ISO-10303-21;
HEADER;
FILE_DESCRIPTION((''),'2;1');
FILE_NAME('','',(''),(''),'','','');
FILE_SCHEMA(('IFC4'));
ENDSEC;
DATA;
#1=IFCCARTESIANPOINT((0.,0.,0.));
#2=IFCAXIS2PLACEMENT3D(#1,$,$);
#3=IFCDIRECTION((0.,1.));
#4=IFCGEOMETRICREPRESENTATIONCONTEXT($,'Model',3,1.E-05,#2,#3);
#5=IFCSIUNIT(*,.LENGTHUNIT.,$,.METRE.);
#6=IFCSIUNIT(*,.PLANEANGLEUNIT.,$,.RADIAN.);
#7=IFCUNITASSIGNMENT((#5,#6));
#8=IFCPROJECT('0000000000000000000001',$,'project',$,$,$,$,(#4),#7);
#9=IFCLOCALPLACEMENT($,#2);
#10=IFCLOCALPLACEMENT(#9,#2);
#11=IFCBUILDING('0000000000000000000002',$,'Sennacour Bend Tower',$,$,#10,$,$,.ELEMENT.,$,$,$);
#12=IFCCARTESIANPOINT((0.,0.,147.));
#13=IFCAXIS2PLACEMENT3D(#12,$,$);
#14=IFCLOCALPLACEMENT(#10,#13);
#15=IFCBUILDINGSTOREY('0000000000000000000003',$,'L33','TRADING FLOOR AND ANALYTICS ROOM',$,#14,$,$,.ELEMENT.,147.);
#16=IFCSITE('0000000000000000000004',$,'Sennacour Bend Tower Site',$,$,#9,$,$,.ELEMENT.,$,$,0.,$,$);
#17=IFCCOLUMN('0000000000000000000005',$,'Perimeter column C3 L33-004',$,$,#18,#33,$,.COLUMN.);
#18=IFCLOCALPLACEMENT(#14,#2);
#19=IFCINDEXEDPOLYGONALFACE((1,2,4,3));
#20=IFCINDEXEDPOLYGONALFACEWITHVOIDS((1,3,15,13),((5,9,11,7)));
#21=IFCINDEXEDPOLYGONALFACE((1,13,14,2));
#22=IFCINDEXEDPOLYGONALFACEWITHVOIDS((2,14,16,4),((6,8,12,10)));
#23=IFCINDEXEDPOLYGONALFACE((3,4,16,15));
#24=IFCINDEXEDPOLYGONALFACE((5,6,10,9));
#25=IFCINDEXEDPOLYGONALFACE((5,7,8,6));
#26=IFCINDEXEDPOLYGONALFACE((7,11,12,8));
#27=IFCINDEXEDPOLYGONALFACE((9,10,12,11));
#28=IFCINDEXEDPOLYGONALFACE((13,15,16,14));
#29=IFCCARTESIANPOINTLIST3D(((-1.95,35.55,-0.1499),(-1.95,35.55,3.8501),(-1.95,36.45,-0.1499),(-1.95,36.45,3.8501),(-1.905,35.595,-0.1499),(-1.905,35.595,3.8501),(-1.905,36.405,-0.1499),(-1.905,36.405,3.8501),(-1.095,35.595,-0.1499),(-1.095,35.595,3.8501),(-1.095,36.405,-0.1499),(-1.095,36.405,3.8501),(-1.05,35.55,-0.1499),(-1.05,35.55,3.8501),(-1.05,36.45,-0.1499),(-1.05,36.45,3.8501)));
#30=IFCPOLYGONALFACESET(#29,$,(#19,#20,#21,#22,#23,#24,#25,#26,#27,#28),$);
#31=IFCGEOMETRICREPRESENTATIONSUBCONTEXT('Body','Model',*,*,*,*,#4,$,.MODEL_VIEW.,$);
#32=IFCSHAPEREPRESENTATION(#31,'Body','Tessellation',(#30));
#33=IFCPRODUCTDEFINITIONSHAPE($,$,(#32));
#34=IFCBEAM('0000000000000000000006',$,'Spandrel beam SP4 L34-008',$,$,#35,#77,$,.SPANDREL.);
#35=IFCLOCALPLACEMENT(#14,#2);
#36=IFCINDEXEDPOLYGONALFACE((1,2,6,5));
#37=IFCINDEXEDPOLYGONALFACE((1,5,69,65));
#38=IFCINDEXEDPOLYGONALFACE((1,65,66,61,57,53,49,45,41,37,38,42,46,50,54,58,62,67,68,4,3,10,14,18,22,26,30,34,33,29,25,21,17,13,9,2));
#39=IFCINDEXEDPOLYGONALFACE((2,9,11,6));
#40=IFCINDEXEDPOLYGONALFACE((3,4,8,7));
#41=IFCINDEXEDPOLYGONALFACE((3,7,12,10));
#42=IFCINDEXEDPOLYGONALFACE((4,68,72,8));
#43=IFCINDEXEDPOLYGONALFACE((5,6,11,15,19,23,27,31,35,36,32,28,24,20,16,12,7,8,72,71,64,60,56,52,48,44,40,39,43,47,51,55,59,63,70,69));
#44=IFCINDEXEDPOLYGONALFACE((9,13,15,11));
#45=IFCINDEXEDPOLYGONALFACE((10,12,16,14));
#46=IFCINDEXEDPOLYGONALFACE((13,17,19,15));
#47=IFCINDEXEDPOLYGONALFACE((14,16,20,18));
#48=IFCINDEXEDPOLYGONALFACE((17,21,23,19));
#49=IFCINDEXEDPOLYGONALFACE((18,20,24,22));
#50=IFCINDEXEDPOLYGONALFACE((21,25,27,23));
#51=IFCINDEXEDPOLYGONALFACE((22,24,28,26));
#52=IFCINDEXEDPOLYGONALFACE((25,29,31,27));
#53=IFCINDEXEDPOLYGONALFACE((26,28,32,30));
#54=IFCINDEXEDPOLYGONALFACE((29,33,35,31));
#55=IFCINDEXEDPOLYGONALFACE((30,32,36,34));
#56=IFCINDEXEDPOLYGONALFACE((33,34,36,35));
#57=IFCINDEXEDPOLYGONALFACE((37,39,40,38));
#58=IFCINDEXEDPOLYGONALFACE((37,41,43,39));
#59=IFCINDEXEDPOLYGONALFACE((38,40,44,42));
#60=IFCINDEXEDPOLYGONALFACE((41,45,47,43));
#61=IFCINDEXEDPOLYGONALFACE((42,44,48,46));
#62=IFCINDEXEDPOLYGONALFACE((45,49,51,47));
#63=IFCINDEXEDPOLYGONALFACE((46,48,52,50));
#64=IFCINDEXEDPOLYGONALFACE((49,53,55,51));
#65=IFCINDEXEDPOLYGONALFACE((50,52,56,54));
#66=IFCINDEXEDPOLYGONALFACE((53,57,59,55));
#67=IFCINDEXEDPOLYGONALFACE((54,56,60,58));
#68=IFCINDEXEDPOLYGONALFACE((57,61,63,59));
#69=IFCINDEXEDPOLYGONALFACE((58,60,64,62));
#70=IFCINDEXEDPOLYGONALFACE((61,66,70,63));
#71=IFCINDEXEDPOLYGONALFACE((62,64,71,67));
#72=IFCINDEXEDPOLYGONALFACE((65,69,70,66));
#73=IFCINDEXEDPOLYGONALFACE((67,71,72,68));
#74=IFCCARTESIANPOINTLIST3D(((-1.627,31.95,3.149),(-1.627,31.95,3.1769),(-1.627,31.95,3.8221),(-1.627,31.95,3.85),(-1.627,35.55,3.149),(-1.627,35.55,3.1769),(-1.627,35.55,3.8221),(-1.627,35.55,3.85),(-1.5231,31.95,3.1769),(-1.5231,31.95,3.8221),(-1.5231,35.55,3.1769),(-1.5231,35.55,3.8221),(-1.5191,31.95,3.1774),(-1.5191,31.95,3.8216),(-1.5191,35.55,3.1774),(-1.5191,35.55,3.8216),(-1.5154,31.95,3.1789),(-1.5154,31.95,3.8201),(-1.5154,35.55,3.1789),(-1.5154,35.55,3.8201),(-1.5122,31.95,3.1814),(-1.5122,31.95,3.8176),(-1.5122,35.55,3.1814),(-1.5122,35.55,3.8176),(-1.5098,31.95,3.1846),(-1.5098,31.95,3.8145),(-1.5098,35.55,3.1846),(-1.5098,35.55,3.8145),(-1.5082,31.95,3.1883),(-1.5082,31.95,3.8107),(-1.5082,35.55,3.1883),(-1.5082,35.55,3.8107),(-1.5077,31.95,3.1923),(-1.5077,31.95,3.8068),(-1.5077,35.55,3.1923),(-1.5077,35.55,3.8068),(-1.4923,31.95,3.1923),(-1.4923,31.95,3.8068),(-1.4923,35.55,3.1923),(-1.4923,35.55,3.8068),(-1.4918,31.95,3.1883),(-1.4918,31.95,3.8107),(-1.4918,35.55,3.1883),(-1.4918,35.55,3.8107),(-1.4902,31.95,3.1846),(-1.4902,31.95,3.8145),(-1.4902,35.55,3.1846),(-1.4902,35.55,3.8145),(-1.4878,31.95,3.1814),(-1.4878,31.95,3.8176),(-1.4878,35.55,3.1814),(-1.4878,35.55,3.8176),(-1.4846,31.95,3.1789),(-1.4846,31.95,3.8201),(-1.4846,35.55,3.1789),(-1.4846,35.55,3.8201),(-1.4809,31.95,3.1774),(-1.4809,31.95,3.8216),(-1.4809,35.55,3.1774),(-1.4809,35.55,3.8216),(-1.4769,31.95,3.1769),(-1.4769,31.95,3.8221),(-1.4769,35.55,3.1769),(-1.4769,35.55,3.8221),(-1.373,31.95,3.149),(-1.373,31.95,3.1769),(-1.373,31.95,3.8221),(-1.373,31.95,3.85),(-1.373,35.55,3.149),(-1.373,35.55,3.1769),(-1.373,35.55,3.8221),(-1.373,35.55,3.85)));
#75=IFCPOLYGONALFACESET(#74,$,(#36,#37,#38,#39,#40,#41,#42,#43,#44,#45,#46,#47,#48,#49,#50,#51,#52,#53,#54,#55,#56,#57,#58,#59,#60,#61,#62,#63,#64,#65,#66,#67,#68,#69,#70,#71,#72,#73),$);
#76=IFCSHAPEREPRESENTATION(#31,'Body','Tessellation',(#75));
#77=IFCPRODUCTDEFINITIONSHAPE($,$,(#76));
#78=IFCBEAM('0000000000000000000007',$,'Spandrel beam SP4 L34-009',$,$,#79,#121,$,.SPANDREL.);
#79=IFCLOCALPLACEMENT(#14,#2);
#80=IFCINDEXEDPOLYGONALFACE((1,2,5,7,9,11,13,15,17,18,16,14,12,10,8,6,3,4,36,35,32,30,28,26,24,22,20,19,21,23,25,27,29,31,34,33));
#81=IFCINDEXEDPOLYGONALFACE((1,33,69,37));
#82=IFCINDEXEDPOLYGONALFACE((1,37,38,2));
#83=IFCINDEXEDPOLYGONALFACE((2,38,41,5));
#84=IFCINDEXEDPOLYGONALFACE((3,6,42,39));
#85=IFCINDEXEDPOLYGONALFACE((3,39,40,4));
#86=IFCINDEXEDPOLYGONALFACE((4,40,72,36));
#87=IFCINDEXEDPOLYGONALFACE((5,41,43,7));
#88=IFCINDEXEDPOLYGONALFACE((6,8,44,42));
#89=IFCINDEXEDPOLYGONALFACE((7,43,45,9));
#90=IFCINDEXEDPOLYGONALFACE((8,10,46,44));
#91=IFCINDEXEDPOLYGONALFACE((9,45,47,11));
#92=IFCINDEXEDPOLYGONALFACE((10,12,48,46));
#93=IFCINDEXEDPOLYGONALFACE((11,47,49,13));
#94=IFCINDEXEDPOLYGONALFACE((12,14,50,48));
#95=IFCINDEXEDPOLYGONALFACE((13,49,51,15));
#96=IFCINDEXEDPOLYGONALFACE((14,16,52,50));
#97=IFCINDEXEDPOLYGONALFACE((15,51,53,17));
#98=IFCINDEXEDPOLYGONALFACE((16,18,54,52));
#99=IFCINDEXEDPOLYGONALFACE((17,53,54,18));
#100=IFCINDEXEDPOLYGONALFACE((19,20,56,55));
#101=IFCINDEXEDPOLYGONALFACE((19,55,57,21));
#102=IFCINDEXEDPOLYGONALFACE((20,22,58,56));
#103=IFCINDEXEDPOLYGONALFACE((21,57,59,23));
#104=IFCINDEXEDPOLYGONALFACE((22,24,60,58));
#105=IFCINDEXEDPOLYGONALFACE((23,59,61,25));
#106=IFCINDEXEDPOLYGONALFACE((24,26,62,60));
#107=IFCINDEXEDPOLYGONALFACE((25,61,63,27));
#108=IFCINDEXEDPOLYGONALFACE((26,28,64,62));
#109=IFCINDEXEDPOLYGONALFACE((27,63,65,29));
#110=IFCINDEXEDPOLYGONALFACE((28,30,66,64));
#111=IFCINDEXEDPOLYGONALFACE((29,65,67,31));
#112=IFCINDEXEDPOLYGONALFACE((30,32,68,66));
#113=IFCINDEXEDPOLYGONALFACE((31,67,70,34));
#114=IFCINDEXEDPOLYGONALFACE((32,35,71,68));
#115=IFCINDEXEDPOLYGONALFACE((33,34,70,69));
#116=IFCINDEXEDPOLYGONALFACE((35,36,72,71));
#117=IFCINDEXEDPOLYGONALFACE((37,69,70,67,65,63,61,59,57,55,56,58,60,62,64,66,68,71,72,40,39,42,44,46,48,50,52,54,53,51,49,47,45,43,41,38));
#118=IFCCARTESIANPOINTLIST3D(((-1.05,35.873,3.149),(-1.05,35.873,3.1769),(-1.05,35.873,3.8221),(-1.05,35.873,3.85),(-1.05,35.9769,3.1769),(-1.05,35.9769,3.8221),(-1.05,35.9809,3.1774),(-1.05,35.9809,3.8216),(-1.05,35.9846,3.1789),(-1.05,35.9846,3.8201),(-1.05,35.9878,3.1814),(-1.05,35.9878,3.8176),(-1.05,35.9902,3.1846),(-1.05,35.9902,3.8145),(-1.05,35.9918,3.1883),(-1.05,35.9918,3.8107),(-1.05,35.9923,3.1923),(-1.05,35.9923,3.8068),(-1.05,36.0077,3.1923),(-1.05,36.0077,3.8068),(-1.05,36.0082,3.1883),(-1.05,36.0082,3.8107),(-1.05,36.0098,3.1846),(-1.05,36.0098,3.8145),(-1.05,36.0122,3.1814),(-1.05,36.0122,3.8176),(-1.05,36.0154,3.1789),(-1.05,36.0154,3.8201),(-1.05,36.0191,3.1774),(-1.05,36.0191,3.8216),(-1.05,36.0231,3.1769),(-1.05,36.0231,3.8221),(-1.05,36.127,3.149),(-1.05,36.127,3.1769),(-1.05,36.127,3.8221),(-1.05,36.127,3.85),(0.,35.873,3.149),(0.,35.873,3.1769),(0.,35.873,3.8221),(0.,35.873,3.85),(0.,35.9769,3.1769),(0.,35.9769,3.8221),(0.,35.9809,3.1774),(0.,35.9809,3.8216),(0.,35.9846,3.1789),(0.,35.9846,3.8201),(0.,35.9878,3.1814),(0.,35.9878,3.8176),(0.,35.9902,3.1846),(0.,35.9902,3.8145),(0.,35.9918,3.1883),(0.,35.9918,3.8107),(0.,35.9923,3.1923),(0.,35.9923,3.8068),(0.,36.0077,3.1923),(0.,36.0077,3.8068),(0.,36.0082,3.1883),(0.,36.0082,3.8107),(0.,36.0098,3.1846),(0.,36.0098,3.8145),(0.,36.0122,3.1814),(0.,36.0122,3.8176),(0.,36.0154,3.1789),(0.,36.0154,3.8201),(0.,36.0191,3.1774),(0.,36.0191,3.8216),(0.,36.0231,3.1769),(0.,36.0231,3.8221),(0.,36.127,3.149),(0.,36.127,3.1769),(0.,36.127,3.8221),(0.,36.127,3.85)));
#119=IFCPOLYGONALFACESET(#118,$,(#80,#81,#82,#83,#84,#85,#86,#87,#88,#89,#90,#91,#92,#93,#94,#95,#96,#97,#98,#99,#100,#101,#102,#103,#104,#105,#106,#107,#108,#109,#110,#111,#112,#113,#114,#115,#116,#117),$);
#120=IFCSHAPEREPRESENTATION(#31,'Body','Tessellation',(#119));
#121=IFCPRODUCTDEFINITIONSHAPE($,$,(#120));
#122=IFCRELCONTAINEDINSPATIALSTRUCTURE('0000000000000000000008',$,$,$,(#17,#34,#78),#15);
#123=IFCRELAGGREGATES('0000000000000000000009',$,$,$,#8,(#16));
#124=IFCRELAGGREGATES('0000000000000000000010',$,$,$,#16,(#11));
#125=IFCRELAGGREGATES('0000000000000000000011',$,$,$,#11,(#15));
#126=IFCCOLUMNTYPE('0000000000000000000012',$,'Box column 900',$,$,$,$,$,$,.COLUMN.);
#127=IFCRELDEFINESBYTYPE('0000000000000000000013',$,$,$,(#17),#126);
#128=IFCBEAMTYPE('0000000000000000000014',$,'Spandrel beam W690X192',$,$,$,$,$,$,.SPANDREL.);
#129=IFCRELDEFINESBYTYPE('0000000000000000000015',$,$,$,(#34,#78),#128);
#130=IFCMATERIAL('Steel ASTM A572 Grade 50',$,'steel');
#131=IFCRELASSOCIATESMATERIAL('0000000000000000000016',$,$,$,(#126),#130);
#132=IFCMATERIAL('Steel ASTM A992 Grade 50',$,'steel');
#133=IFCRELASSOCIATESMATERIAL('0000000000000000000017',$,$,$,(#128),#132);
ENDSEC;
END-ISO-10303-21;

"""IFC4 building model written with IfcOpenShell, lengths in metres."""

from ifc_helpers import new_model, si_unit, direction, frame, origin, origin_2d, place, context, subcontext, project, spatial, hollow_rectangle, i_section, extrude, material, material_profile, profile_set, type_object, element, save


model = new_model("IFC4")

# Units and contexts
model_context = context("Model", 3, precision=1e-05, world=origin(), true_north=direction((0.0, 1.0)))
body_context = subcontext(model_context, "Body", "Model", "MODEL_VIEW")
ifc_project = project(units=[si_unit("LENGTHUNIT", "METRE"), si_unit("PLANEANGLEUNIT", "RADIAN")], contexts=[model_context])

# Site, building, storey
site_placement = place(None, origin())
site = spatial("IfcSite", under=ifc_project, at=site_placement, Name="Sennacour Bend Tower Site", CompositionType="ELEMENT", RefElevation=0.0)
building_placement = place(site_placement, origin())
building = spatial("IfcBuilding", under=site, at=building_placement, Name="Sennacour Bend Tower", CompositionType="ELEMENT")
storey_placement = place(building_placement, frame((0.0, 0.0, 147.0)))
storey = spatial("IfcBuildingStorey", under=building, at=storey_placement, Name="L33", Description="TRADING FLOOR AND ANALYTICS ROOM", CompositionType="ELEMENT", Elevation=147.0)

# Column
ifc_material_1 = material(Name="Steel ASTM A572 Grade 50", Category="steel")
ifc_material_profile_1 = material_profile(ifc_material_1, hollow_rectangle(XDim=0.8999, YDim=0.8999, WallThickness=0.0449, at=origin_2d()), Name="Steel ASTM A572 Grade 50", Category="steel")
ifc_profile_set_1 = profile_set([ifc_material_profile_1], Name="Steel ASTM A572 Grade 50")
column_type = type_object("IfcColumnType", Name="Box column 900", PredefinedType="COLUMN", material=ifc_profile_set_1)
column_placement = place(storey_placement, frame((-1.5, 36.0, -0.1499), z_axis=(0.0, 0.0, 1.0), x_axis=(1.0, 0.0, 0.0)))
element("IfcColumn", 1, at=column_placement, inside=storey, type_object=column_type, Name="Perimeter column C3 L33-004", PredefinedType="COLUMN", context=body_context, shape_type="SweptSolid", body=[
    extrude(hollow_rectangle(XDim=0.8999, YDim=0.8999, WallThickness=0.0449, at=origin_2d()), origin(), (0.0, 0.0, 1.0), 4.0),
])

# Beams
ifc_material_2 = material(Name="Steel ASTM A992 Grade 50", Category="steel")
ifc_material_profile_2 = material_profile(ifc_material_2, i_section(OverallWidth=0.2539, OverallDepth=0.7009, WebThickness=0.0154, FlangeThickness=0.0278, FilletRadius=0.0154, at=origin_2d()), Name="Steel ASTM A992 Grade 50", Category="steel")
ifc_profile_set_2 = profile_set([ifc_material_profile_2], Name="Steel ASTM A992 Grade 50")
beam_type = type_object("IfcBeamType", Name="Spandrel beam W690X192", PredefinedType="SPANDREL", material=ifc_profile_set_2)
beam_1_placement = place(storey_placement, frame((-1.5, 31.95, 3.4995), z_axis=(0.0, 1.0, 0.0), x_axis=(-1.0, 0.0, 0.0)))
element("IfcBeam", 2, at=beam_1_placement, inside=storey, type_object=beam_type, Name="Spandrel beam SP4 L34-008", PredefinedType="SPANDREL", context=body_context, shape_type="SweptSolid", body=[
    extrude(i_section(OverallWidth=0.2539, OverallDepth=0.7009, WebThickness=0.0154, FlangeThickness=0.0278, FilletRadius=0.0154, at=origin_2d()), origin(), (0.0, 0.0, 1.0), 3.6001),
])
beam_2_placement = place(storey_placement, frame((-1.05, 36.0, 3.4995), z_axis=(1.0, 0.0, 0.0), x_axis=(0.0, 1.0, 0.0)))
element("IfcBeam", 3, at=beam_2_placement, inside=storey, type_object=beam_type, Name="Spandrel beam SP4 L34-009", PredefinedType="SPANDREL", context=body_context, shape_type="SweptSolid", body=[
    extrude(i_section(OverallWidth=0.2539, OverallDepth=0.7009, WebThickness=0.0154, FlangeThickness=0.0278, FilletRadius=0.0154, at=origin_2d()), origin(), (0.0, 0.0, 1.0), 1.05),
])

save(model, "model.ifc")
